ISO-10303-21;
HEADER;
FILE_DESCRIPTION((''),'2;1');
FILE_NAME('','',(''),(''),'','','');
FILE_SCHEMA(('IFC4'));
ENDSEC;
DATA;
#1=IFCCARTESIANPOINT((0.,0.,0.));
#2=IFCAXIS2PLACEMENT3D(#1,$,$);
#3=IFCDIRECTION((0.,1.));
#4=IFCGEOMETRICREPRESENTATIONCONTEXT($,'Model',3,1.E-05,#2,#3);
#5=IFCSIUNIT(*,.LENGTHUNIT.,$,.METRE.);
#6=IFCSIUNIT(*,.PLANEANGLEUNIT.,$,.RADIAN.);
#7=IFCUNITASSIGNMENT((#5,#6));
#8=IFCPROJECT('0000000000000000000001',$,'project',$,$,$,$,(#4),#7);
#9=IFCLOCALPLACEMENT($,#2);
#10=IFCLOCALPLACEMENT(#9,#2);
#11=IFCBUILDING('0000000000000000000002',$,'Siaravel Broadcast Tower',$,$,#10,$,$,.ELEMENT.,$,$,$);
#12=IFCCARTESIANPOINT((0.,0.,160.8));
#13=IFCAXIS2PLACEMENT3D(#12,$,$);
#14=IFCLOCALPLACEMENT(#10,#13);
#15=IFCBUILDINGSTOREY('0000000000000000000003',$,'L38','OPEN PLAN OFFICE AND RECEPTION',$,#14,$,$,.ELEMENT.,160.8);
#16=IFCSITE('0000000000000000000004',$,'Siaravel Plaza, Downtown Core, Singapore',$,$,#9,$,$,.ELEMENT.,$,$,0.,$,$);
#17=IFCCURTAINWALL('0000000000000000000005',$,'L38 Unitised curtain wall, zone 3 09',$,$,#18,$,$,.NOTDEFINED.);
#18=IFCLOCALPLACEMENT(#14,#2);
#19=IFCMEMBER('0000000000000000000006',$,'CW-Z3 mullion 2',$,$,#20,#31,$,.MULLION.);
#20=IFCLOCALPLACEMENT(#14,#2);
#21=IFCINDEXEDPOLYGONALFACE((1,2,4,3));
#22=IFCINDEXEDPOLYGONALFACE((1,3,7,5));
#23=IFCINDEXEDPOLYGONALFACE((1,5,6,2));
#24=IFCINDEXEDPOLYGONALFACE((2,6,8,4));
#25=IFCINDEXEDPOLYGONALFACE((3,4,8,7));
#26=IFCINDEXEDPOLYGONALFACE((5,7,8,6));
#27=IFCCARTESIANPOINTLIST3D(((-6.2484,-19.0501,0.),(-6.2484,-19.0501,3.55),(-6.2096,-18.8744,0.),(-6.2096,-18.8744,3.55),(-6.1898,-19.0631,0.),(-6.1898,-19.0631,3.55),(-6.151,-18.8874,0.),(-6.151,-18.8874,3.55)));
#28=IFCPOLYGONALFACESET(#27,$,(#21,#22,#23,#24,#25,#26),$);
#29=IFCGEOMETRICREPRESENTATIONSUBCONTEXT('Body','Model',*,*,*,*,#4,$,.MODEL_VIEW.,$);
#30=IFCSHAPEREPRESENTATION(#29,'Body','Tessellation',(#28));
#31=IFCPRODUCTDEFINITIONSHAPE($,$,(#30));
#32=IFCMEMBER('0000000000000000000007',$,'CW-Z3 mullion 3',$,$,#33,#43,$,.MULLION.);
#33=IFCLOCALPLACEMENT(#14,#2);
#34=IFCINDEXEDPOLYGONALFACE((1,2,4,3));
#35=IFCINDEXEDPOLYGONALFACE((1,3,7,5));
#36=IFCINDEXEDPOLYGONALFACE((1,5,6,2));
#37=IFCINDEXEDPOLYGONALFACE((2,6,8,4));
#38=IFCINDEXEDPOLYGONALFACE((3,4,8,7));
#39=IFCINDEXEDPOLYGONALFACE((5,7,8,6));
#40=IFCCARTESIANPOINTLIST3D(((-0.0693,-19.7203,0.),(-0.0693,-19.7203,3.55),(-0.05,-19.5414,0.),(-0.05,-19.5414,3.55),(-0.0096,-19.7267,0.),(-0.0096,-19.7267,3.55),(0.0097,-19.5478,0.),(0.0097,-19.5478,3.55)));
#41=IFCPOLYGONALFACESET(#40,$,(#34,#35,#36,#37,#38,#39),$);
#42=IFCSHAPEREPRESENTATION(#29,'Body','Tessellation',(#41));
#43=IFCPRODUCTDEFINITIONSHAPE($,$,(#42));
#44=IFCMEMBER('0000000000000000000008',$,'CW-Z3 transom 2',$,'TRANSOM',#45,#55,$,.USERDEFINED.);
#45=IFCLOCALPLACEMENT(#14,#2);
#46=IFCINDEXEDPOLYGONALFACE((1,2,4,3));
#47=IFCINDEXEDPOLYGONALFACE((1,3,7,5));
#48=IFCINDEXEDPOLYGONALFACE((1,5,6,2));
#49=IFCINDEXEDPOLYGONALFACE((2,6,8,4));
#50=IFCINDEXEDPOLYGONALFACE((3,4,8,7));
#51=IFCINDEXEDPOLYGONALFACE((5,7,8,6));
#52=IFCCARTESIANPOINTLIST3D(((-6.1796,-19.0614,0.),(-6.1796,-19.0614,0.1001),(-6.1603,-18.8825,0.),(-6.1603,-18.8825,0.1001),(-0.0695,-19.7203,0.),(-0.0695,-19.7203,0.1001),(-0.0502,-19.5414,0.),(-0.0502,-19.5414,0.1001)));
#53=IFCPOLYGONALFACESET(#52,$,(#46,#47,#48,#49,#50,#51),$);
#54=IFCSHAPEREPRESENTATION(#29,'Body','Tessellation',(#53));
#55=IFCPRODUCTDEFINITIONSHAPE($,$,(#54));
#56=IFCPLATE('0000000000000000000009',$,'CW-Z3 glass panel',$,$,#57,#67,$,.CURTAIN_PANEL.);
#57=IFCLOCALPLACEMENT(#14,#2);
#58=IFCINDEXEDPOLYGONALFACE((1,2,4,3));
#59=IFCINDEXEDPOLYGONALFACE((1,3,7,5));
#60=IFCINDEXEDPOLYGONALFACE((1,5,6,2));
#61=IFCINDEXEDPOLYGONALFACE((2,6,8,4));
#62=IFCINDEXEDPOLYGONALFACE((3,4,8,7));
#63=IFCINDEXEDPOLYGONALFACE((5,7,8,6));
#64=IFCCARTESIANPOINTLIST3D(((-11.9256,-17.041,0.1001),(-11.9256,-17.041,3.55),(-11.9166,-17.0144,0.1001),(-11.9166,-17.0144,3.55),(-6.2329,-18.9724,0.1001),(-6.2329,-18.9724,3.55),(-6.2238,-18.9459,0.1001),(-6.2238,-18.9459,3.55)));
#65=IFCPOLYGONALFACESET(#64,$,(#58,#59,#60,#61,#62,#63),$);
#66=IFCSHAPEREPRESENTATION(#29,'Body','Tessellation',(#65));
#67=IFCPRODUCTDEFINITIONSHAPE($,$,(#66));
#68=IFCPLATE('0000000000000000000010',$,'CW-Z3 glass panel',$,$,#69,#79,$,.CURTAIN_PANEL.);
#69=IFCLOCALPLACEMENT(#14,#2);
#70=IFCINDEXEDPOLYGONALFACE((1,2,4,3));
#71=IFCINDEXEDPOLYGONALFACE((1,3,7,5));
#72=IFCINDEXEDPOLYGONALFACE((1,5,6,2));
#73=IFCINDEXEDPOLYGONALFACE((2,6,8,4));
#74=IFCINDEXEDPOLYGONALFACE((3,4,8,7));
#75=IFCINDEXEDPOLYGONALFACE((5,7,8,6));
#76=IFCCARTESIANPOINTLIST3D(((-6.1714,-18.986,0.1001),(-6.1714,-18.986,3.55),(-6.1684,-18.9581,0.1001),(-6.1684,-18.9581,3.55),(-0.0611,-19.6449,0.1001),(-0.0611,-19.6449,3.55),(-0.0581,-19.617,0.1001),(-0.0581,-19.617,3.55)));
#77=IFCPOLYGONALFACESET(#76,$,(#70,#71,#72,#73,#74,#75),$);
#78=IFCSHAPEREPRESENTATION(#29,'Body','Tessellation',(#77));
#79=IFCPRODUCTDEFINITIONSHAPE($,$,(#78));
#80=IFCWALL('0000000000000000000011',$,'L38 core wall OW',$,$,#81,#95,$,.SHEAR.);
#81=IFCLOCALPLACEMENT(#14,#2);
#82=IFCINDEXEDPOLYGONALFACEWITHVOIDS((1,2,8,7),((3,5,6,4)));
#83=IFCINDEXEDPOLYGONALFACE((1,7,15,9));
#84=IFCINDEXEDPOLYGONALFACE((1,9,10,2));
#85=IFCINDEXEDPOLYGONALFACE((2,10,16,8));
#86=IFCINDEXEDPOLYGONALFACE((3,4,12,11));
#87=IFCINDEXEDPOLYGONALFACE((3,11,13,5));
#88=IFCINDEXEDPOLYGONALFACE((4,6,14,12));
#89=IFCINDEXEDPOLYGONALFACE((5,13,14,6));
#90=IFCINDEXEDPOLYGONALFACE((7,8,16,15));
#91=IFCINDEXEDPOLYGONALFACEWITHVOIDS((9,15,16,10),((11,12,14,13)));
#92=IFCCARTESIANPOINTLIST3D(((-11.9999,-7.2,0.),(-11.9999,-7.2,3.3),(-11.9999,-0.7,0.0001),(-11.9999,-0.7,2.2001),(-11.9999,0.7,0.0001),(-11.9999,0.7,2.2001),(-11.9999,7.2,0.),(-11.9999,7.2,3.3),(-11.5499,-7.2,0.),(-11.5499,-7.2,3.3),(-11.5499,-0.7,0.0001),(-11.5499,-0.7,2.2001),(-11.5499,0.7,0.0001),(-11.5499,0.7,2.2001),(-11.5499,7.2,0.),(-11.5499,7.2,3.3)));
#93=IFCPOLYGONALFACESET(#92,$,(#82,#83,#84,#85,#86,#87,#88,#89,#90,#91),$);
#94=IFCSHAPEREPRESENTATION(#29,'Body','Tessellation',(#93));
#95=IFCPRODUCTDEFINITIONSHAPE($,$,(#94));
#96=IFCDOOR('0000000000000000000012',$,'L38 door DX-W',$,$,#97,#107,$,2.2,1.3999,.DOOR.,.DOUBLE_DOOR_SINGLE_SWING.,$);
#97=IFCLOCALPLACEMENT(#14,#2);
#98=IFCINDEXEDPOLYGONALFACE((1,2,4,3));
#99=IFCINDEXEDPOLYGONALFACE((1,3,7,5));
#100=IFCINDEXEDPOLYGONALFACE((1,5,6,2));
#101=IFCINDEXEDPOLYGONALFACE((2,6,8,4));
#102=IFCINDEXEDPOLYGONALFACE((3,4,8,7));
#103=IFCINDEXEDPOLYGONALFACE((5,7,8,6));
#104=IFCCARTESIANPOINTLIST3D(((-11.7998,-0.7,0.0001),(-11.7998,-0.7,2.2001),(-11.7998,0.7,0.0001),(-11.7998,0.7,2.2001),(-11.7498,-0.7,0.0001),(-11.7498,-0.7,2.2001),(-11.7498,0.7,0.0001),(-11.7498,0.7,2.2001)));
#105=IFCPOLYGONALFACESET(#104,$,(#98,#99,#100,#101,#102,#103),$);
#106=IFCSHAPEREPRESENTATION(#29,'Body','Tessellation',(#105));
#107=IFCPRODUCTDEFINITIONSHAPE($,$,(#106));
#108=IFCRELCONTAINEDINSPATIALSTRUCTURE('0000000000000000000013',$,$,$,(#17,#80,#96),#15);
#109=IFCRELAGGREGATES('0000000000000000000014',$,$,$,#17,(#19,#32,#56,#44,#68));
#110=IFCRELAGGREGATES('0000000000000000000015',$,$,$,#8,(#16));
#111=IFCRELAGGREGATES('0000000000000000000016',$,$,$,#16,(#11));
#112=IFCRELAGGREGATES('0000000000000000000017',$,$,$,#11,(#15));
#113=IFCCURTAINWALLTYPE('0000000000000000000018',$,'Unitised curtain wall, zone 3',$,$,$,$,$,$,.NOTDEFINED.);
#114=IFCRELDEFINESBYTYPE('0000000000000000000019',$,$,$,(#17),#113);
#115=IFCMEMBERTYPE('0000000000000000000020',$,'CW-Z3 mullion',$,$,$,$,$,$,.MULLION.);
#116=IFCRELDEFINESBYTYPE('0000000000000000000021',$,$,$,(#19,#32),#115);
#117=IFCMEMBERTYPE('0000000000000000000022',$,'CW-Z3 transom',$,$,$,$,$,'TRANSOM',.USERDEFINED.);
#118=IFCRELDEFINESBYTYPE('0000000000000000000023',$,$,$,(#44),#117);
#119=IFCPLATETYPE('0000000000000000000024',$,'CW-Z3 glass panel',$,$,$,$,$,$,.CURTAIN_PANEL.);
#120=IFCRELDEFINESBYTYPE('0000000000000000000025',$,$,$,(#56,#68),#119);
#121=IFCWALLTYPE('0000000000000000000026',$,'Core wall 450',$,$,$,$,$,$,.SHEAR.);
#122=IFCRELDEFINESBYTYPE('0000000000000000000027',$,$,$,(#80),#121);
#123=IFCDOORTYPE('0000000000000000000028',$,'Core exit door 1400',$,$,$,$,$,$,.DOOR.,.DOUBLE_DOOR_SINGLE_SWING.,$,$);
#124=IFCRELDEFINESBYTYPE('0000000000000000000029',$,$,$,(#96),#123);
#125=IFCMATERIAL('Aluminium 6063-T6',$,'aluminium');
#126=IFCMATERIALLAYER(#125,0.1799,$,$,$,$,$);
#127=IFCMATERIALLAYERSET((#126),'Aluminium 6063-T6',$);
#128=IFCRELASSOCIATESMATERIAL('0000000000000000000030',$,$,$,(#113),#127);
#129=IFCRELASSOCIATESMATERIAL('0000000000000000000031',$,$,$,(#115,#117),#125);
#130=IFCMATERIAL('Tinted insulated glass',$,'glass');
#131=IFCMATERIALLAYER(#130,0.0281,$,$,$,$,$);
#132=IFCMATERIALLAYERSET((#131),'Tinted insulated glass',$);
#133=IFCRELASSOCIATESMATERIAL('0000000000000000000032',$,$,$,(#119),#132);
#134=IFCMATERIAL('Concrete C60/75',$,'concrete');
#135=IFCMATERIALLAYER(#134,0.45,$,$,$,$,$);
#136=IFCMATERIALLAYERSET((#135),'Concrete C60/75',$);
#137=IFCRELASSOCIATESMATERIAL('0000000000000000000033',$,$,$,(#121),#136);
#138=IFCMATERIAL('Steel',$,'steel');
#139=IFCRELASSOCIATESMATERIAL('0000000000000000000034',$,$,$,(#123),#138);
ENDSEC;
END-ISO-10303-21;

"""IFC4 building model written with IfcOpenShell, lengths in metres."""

from ifc_helpers import new_model, si_unit, direction, frame, frame_2d, origin, origin_2d, place, context, subcontext, project, spatial, rectangle, extrude, material, layer, layer_set, material_profile, profile_set, type_object, element, fill, aggregate, save


model = new_model("IFC4")

# Units and contexts
model_context = context("Model", 3, precision=1e-05, world=origin(), true_north=direction((0.0, 1.0)))
body_context = subcontext(model_context, "Body", "Model", "MODEL_VIEW")
ifc_project = project(units=[si_unit("LENGTHUNIT", "METRE"), si_unit("PLANEANGLEUNIT", "RADIAN")], contexts=[model_context])

# Site, building, storey
site_placement = place(None, origin())
site = spatial("IfcSite", under=ifc_project, at=site_placement, Name="Siaravel Plaza, Downtown Core, Singapore", CompositionType="ELEMENT", RefElevation=0.0)
building_placement = place(site_placement, origin())
building = spatial("IfcBuilding", under=site, at=building_placement, Name="Siaravel Broadcast Tower", CompositionType="ELEMENT")
storey_placement = place(building_placement, frame((0.0, 0.0, 160.8)))
storey = spatial("IfcBuildingStorey", under=building, at=storey_placement, Name="L38", Description="OPEN PLAN OFFICE AND RECEPTION", CompositionType="ELEMENT", Elevation=160.8)

# Shared definitions
ifc_material_1 = material(Name="Concrete C60/75", Category="concrete")

# Curtain wall, members, plates
ifc_material_2 = material(Name="Aluminium 6063-T6", Category="aluminium")
ifc_layer_1 = layer(ifc_material_2, 0.1799)
ifc_layer_set_1 = layer_set([ifc_layer_1], Name="Aluminium 6063-T6")
curtain_wall_type = type_object("IfcCurtainWallType", Name="Unitised curtain wall, zone 3", PredefinedType="NOTDEFINED", material=ifc_layer_set_1)
curtain_wall_placement = place(storey_placement, origin())
curtain_wall = element("IfcCurtainWall", 1, at=curtain_wall_placement, inside=storey, type_object=curtain_wall_type, Name="L38 Unitised curtain wall, zone 3 09", PredefinedType="NOTDEFINED")
ifc_material_profile_1 = material_profile(ifc_material_2, rectangle(XDim=0.1799, YDim=0.0601, at=origin_2d()))
ifc_profile_set_1 = profile_set([ifc_material_profile_1], Name="Aluminium 6063-T6")
member_type_1 = type_object("IfcMemberType", Name="CW-Z3 mullion", PredefinedType="MULLION", material=ifc_profile_set_1)
member_1_placement = place(storey_placement, frame((-6.1997, -18.9688, 0.0), z_axis=(0.0, 0.0, 1.0), x_axis=(0.215559, 0.976491, 0.0)))
member_1 = element("IfcMember", 2, at=member_1_placement, type_object=member_type_1, Name="CW-Z3 mullion 2", PredefinedType="MULLION", context=body_context, shape_type="SweptSolid", body=[
    extrude(rectangle(XDim=0.1799, YDim=0.0601, at=origin_2d()), origin(), (0.0, 0.0, 1.0), 3.55),
])
member_2_placement = place(storey_placement, frame((-0.0298, -19.634, 0.0), z_axis=(0.0, 0.0, 1.0), x_axis=(0.107218, 0.994236, 0.0)))
member_2 = element("IfcMember", 3, at=member_2_placement, type_object=member_type_1, Name="CW-Z3 mullion 3", PredefinedType="MULLION", context=body_context, shape_type="SweptSolid", body=[
    extrude(rectangle(XDim=0.1799, YDim=0.0601, at=origin_2d()), origin(), (0.0, 0.0, 1.0), 3.55),
])
ifc_material_profile_2 = material_profile(ifc_material_2, rectangle(XDim=0.1799, YDim=0.1001, at=origin_2d()))
ifc_profile_set_2 = profile_set([ifc_material_profile_2], Name="Aluminium 6063-T6")
member_type_2 = type_object("IfcMemberType", Name="CW-Z3 transom", ElementType="TRANSOM", PredefinedType="USERDEFINED", material=ifc_profile_set_2)
member_3_placement = place(storey_placement, frame((-6.1699, -18.9719, 0.05), z_axis=(0.994235, -0.107222, 0.0), x_axis=(0.107222, 0.994235, 0.0)))
member_3 = element("IfcMember", 4, at=member_3_placement, type_object=member_type_2, Name="CW-Z3 transom 2", ObjectType="TRANSOM", PredefinedType="USERDEFINED", context=body_context, shape_type="SweptSolid", body=[
    extrude(rectangle(XDim=0.1799, YDim=0.1001, at=origin_2d()), origin(), (0.0, 0.0, 1.0), 6.1455),
])
ifc_material_3 = material(Name="Tinted insulated glass", Category="glass")
ifc_layer_2 = layer(ifc_material_3, 0.0281)
ifc_layer_set_2 = layer_set([ifc_layer_2], Name="Tinted insulated glass")
plate_type = type_object("IfcPlateType", Name="CW-Z3 glass panel", PredefinedType="CURTAIN_PANEL", material=ifc_layer_set_2)
plate_1_placement = place(storey_placement, frame((-9.0747, -17.9934, 0.1001), z_axis=(0.0, 0.0, 1.0), x_axis=(0.946977, -0.321301, 0.0)))
plate_1 = element("IfcPlate", 5, at=plate_1_placement, type_object=plate_type, Name="CW-Z3 glass panel", PredefinedType="CURTAIN_PANEL", context=body_context, shape_type="SweptSolid", body=[
    extrude(rectangle(XDim=6.0115, YDim=0.0281, at=origin_2d()), origin(), (0.0, 0.0, 1.0), 3.45),
])
plate_2_placement = place(storey_placement, frame((-3.1147, -19.3015, 0.1001), z_axis=(0.0, 0.0, 1.0), x_axis=(0.994236, -0.107218, 0.0)))
plate_2 = element("IfcPlate", 6, at=plate_2_placement, type_object=plate_type, Name="CW-Z3 glass panel", PredefinedType="CURTAIN_PANEL", context=body_context, shape_type="SweptSolid", body=[
    extrude(rectangle(XDim=6.1458, YDim=0.0281, at=origin_2d()), origin(), (0.0, 0.0, 1.0), 3.45),
])
aggregate(curtain_wall, [member_1, member_2, plate_1, member_3, plate_2])

# Wall, opening, door
ifc_layer_3 = layer(ifc_material_1, 0.45)
ifc_layer_set_3 = layer_set([ifc_layer_3], Name="Concrete C60/75")
wall_type_1 = type_object("IfcWallType", Name="Core wall 450", PredefinedType="SHEAR", material=ifc_layer_set_3)
wall_1_placement = place(storey_placement, frame((-11.7749, -7.2, 0.0), z_axis=(0.0, 0.0, 1.0), x_axis=(0.0, 1.0, 0.0)))
wall_1 = element("IfcWall", 7, at=wall_1_placement, inside=storey, type_object=wall_type_1, Name="L38 core wall OW", PredefinedType="SHEAR", context=body_context, shape_type="SweptSolid", body=[
    extrude(rectangle(XDim=14.3999, YDim=0.45, at=frame_2d((7.2, 0.0))), origin(), (0.0, 0.0, 1.0), 3.3),
])
opening_1_placement = place(wall_1_placement, frame((6.5, 0.0, 0.0)))
opening_1 = element("IfcOpeningElement", 8, at=opening_1_placement, cuts=wall_1, PredefinedType="OPENING", context=body_context, shape_type="SweptSolid", body=[
    extrude(rectangle(XDim=1.3999, YDim=2.2, at=frame_2d((0.7, 1.1001))), frame((0.0, 0.2349, 0.0), z_axis=(0.0, -1.0, 0.0), x_axis=(1.0, 0.0, 0.0)), (0.0, 0.0, 1.0), 0.47),
])
ifc_material_4 = material(Name="Steel", Category="steel")
door_type_1 = type_object("IfcDoorType", Name="Core exit door 1400", OperationType="DOUBLE_DOOR_SINGLE_SWING", PredefinedType="DOOR", material=ifc_material_4)
door_1_placement = place(opening_1_placement, origin())
door_1 = element("IfcDoor", 9, at=door_1_placement, inside=storey, type_object=door_type_1, Name="L38 door DX-W", OperationType="DOUBLE_DOOR_SINGLE_SWING", OverallHeight=2.2, OverallWidth=1.3999, PredefinedType="DOOR", context=body_context, shape_type="SweptSolid", body=[
    extrude(rectangle(XDim=1.3999, YDim=2.2, at=frame_2d((0.7, 1.1001))), frame((0.0, 0.0249, 0.0), z_axis=(0.0, -1.0, 0.0), x_axis=(1.0, 0.0, 0.0)), (0.0, 0.0, 1.0), 0.05),
])
fill(opening_1, door_1)

save(model, "model.ifc")
